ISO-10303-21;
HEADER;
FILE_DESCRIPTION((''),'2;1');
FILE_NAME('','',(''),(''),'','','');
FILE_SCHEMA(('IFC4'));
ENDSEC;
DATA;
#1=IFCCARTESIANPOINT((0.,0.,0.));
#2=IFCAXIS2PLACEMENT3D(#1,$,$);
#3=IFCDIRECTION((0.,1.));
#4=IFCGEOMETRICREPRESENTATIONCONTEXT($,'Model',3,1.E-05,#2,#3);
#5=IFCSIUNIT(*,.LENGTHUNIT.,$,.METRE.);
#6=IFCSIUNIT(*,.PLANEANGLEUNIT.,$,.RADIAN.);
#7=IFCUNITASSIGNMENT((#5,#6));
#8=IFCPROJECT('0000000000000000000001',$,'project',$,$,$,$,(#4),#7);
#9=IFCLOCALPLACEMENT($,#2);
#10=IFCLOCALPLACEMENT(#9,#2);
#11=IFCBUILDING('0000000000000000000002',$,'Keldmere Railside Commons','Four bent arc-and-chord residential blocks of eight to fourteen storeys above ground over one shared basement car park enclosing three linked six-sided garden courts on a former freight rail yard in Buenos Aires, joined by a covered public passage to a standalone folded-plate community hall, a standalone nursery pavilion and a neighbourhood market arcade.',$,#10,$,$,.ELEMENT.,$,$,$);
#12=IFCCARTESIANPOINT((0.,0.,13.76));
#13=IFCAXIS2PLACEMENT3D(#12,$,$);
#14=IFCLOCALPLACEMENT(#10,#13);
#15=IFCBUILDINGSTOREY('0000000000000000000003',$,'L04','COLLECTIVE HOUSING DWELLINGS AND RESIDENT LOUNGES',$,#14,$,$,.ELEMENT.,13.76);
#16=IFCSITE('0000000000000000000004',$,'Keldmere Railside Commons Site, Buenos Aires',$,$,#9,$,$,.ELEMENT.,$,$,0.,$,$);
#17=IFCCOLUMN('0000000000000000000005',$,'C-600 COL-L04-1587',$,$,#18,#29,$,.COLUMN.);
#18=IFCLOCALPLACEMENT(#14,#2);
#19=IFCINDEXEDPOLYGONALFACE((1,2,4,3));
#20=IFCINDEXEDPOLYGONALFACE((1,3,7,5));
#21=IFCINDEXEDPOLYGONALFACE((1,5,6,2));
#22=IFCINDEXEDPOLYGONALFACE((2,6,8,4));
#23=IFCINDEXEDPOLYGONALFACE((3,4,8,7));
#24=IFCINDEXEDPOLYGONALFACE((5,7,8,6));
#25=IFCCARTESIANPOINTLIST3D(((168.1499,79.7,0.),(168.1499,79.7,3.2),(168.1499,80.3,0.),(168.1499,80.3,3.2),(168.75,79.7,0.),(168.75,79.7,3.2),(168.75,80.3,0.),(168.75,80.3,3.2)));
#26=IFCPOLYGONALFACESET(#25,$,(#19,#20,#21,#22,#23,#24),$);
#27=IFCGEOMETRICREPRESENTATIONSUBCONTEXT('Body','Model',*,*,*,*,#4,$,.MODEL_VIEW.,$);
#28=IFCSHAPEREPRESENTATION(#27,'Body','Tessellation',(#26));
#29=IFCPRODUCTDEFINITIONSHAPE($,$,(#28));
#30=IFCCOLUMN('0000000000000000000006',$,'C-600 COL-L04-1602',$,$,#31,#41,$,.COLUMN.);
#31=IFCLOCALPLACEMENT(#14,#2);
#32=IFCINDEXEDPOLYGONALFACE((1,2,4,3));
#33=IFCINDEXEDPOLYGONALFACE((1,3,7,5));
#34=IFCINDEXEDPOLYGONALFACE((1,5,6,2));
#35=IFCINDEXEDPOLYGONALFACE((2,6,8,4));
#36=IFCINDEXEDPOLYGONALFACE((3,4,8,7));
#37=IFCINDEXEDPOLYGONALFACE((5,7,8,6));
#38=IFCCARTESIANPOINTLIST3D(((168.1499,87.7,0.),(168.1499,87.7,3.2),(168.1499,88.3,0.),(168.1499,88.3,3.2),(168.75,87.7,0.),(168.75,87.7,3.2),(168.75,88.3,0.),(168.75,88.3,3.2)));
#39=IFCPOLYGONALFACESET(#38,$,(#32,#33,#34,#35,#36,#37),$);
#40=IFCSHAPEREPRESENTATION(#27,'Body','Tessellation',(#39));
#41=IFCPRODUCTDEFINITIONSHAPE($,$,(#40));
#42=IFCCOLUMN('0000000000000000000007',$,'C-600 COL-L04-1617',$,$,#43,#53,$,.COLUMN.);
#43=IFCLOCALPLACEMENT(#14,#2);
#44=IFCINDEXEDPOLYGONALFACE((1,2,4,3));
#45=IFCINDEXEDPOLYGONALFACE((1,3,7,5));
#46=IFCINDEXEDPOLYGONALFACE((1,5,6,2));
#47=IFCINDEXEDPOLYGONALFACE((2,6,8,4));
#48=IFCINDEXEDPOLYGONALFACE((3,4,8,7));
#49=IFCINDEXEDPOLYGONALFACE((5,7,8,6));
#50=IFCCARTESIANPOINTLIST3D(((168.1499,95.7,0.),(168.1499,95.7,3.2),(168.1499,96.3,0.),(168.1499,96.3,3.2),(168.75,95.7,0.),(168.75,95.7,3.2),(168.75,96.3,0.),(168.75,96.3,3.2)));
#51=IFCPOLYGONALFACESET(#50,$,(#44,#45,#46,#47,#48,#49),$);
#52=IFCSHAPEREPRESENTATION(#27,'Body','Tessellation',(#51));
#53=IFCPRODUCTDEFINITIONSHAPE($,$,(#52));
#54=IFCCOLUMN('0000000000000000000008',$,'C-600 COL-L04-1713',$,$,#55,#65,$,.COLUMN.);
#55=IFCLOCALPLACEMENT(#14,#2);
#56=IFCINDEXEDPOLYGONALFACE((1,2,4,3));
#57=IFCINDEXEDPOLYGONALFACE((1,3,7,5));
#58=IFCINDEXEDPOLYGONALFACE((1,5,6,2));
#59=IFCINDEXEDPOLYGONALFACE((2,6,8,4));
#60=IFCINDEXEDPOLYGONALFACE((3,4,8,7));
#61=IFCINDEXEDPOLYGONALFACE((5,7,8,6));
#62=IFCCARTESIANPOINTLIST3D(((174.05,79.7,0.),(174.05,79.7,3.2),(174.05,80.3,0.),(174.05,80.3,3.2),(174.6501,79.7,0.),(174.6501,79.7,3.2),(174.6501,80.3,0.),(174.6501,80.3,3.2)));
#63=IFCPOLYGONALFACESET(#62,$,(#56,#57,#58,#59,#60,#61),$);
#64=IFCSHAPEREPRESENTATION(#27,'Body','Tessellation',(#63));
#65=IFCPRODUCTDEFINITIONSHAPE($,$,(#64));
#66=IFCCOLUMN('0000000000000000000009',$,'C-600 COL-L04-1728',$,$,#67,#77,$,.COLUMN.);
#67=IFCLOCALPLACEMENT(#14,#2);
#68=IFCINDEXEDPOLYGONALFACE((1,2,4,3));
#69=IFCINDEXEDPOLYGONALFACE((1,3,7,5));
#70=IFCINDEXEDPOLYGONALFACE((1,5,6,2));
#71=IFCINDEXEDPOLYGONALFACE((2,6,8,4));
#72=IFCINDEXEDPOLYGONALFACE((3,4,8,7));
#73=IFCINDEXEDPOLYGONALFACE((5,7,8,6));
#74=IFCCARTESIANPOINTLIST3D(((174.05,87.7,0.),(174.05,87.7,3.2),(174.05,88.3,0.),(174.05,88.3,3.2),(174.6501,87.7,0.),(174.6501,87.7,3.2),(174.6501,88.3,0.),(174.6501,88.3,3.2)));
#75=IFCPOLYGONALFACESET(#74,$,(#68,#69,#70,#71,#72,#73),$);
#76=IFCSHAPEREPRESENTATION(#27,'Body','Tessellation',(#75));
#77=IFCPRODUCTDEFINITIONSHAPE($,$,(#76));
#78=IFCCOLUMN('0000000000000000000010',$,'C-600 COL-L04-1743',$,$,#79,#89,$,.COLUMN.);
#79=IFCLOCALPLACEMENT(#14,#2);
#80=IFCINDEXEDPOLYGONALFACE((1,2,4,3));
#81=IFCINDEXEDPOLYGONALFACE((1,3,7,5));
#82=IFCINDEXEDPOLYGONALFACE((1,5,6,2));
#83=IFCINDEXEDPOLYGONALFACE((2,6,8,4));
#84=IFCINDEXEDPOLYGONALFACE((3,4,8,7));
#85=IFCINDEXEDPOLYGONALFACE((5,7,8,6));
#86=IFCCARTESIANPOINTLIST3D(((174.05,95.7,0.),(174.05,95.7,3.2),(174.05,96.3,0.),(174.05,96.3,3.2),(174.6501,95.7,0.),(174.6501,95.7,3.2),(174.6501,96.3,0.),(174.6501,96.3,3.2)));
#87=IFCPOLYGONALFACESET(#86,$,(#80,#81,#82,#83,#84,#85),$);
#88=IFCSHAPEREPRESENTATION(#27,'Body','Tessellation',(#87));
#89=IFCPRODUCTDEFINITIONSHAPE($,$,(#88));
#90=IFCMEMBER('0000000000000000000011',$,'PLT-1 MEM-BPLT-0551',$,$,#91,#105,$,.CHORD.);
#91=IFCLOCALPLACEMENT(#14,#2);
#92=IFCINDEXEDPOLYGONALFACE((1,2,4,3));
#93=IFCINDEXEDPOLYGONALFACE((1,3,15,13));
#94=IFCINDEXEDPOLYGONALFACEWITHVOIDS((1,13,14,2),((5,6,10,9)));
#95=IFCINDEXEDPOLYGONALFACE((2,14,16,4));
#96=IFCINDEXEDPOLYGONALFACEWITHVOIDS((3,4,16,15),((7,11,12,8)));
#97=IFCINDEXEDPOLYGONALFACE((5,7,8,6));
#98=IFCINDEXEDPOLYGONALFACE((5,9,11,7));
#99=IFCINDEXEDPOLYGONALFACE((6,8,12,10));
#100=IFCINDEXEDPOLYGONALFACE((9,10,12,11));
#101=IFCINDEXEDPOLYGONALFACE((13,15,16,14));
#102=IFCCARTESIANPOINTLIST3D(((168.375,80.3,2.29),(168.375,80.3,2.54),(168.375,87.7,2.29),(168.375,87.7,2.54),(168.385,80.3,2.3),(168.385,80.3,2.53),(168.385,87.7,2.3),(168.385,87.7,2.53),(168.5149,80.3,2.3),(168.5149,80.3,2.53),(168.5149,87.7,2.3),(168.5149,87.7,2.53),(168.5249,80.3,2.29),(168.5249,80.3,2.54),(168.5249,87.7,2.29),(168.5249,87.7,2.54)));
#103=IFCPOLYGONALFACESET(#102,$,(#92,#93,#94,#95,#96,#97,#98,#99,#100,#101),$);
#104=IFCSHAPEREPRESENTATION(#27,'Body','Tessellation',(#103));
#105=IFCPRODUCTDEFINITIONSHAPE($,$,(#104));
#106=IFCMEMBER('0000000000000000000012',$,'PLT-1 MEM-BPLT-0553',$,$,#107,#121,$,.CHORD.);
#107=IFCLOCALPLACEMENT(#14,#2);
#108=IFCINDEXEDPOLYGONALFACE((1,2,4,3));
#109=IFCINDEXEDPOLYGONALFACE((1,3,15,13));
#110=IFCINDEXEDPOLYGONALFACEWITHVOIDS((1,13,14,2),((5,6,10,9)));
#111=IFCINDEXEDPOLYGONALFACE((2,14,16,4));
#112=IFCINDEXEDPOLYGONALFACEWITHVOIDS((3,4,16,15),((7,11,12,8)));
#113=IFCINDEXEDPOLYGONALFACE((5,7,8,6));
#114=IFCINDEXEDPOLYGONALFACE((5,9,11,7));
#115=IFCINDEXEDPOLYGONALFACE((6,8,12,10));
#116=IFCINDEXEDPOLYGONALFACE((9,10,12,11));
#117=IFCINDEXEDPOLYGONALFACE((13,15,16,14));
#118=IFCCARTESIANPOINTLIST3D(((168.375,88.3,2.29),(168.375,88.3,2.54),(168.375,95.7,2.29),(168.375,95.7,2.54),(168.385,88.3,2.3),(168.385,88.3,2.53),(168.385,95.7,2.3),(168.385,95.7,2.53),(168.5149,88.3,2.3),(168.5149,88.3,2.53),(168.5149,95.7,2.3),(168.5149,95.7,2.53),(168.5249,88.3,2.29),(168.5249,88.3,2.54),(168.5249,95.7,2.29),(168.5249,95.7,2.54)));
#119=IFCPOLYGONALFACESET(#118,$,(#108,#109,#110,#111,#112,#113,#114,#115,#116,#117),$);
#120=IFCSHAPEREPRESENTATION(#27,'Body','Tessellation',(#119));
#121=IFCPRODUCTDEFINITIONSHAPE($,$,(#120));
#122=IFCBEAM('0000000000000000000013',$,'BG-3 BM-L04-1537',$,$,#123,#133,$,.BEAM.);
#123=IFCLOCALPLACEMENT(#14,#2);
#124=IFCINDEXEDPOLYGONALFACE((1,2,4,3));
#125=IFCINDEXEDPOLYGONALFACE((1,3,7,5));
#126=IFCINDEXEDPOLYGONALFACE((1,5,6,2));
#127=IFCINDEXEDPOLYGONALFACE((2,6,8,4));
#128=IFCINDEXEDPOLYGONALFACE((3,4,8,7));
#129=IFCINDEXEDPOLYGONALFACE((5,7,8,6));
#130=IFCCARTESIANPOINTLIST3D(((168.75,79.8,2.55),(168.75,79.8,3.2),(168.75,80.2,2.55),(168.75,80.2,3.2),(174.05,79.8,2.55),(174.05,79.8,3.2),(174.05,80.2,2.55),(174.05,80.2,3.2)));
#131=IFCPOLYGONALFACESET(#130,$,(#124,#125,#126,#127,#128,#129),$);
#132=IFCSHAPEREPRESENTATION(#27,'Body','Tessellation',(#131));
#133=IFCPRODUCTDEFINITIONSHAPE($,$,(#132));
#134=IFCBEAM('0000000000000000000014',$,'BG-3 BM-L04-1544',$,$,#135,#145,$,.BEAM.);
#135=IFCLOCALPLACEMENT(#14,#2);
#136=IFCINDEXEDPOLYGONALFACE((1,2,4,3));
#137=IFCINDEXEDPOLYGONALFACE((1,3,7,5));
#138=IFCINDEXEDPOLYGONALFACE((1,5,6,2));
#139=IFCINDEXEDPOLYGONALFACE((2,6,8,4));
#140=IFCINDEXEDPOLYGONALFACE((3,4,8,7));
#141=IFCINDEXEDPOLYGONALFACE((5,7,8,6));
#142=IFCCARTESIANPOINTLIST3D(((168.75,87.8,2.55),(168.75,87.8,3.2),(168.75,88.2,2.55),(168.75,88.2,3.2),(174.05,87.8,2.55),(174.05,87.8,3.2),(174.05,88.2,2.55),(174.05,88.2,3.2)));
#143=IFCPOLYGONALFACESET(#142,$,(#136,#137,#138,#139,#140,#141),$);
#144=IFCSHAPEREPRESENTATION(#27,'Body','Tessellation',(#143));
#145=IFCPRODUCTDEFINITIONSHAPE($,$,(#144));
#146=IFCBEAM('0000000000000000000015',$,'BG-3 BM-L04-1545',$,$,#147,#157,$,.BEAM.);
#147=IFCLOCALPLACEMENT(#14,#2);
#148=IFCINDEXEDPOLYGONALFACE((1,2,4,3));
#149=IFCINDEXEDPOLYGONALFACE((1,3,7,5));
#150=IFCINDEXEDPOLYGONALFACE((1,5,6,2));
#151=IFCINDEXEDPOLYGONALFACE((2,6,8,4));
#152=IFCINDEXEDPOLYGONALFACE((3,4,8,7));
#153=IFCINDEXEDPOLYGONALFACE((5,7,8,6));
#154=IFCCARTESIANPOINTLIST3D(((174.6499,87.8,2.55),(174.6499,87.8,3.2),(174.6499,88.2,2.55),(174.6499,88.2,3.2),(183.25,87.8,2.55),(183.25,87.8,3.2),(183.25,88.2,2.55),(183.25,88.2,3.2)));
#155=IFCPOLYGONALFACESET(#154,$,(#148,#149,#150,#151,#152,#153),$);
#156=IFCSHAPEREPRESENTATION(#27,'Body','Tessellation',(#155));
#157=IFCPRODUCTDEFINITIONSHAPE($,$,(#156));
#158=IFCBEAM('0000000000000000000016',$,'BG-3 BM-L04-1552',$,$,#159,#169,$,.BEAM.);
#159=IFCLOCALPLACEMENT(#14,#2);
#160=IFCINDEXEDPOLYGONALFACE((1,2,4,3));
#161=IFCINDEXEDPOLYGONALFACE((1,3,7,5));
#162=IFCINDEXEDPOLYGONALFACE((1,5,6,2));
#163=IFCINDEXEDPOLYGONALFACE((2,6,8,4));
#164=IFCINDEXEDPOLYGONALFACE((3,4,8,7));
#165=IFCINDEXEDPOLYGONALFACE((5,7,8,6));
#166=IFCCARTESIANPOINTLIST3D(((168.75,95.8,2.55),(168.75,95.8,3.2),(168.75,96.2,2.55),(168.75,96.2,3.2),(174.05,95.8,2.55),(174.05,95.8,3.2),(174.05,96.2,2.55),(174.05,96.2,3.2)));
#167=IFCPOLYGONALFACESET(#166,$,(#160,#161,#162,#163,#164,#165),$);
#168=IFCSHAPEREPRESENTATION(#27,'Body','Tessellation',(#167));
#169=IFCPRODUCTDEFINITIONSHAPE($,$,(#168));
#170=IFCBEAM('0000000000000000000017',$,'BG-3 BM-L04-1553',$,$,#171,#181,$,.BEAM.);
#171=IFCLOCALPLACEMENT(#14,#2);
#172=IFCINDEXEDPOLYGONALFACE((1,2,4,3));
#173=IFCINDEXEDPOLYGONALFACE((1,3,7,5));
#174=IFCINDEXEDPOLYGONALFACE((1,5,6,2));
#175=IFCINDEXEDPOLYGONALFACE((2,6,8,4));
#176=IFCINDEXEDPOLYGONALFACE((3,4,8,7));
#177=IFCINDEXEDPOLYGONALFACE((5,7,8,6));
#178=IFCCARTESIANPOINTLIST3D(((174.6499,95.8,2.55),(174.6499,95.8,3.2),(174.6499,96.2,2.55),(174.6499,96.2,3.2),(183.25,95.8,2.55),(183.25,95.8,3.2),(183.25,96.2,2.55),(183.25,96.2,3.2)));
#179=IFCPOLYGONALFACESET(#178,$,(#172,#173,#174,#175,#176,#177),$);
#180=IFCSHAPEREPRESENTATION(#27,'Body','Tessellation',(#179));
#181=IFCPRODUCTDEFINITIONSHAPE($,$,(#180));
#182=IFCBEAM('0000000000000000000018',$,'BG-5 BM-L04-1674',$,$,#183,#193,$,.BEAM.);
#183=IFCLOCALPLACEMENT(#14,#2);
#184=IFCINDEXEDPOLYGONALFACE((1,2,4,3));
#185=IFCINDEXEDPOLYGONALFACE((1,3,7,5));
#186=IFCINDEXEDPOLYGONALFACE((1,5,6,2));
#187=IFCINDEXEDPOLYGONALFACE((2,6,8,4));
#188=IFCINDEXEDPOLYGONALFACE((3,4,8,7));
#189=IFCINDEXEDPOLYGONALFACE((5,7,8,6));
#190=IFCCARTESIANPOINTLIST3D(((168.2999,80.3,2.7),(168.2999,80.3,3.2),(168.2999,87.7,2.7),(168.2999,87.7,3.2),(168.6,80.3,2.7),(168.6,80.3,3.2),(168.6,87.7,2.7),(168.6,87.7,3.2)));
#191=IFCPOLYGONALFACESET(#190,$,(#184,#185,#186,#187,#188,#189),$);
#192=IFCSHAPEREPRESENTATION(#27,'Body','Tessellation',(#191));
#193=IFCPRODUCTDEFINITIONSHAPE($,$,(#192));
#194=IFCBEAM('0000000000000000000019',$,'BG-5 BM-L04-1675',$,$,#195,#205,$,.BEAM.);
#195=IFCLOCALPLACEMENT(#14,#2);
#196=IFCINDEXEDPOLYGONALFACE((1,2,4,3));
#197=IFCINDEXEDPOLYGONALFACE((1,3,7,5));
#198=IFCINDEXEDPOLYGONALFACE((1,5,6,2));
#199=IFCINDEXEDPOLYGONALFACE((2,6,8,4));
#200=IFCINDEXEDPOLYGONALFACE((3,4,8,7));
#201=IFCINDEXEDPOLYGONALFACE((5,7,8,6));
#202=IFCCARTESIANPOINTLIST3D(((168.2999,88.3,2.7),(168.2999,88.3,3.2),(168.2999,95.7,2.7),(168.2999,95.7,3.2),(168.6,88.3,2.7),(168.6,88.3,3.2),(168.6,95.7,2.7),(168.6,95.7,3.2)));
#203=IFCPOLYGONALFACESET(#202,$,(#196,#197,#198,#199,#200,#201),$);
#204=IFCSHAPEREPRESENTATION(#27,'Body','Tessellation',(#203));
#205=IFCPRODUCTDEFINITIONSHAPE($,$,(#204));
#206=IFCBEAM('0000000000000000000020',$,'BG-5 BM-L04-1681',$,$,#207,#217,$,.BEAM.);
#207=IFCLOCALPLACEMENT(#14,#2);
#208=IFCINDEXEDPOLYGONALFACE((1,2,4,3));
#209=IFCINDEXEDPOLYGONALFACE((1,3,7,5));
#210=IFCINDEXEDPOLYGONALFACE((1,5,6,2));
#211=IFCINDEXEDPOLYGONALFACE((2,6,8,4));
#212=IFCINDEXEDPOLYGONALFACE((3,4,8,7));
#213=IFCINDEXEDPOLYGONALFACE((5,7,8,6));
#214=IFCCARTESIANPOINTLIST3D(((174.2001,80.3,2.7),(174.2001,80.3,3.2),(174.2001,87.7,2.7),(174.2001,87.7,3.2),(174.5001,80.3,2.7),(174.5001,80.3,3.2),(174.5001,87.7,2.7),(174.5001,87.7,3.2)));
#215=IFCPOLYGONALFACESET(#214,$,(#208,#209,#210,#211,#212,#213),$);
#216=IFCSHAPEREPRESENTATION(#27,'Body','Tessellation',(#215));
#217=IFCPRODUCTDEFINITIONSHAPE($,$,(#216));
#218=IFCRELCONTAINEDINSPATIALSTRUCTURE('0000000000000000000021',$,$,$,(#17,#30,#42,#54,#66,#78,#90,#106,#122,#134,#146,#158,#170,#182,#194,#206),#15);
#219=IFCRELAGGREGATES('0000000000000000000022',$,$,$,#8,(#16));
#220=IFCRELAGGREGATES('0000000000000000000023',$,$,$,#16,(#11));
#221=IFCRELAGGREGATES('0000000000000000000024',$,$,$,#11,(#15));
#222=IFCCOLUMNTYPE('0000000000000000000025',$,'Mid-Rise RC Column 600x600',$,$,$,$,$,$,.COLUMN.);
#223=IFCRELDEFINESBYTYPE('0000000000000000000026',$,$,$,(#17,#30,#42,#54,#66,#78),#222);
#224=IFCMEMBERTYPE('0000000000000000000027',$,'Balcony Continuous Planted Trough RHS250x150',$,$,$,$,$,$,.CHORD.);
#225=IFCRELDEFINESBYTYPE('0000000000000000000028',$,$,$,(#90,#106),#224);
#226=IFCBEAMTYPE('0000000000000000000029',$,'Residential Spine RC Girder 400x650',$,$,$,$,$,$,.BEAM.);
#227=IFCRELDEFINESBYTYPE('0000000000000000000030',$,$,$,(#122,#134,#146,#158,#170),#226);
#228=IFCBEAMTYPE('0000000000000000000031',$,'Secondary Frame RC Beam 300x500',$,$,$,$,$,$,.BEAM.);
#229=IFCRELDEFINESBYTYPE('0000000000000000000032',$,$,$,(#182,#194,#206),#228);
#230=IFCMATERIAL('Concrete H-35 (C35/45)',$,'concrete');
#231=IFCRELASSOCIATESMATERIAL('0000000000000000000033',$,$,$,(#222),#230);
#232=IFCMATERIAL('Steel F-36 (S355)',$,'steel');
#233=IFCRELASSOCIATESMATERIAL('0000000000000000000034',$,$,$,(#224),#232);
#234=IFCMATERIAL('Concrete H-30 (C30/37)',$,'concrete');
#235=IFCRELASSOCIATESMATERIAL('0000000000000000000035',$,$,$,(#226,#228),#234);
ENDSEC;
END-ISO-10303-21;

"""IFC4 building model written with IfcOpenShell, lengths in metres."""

from ifc_helpers import new_model, si_unit, direction, frame, origin, origin_2d, place, context, subcontext, project, spatial, rectangle, hollow_rectangle, extrude, material, material_profile, profile_set, type_object, element, save


model = new_model("IFC4")

# Units and contexts
model_context = context("Model", 3, precision=1e-05, world=origin(), true_north=direction((0.0, 1.0)))
body_context = subcontext(model_context, "Body", "Model", "MODEL_VIEW")
ifc_project = project(units=[si_unit("LENGTHUNIT", "METRE"), si_unit("PLANEANGLEUNIT", "RADIAN")], contexts=[model_context])

# Site, building, storey
site_placement = place(None, origin())
site = spatial("IfcSite", under=ifc_project, at=site_placement, Name="Keldmere Railside Commons Site, Buenos Aires", CompositionType="ELEMENT", RefElevation=0.0)
building_placement = place(site_placement, origin())
building = spatial("IfcBuilding", under=site, at=building_placement, Name="Keldmere Railside Commons", Description="Four bent arc-and-chord residential blocks of eight to fourteen storeys above ground over one shared basement car park enclosing three linked six-sided garden courts on a former freight rail yard in Buenos Aires, joined by a covered public passage to a standalone folded-plate community hall, a standalone nursery pavilion and a neighbourhood market arcade.", CompositionType="ELEMENT")
storey_placement = place(building_placement, frame((0.0, 0.0, 13.76)))
storey = spatial("IfcBuildingStorey", under=building, at=storey_placement, Name="L04", Description="COLLECTIVE HOUSING DWELLINGS AND RESIDENT LOUNGES", CompositionType="ELEMENT", Elevation=13.76)

# Columns
ifc_material_1 = material(Name="Concrete H-35 (C35/45)", Category="concrete")
ifc_material_profile_1 = material_profile(ifc_material_1, rectangle(XDim=0.6001, YDim=0.6001, at=origin_2d()), Name="RC-600x600")
ifc_profile_set_1 = profile_set([ifc_material_profile_1], Name="Concrete H-35 (C35/45)")
column_type = type_object("IfcColumnType", Name="Mid-Rise RC Column 600x600", PredefinedType="COLUMN", material=ifc_profile_set_1)
for number, where, z_axis, x_axis, name in (
    (1, (168.45, 80.0, 0.0), (0.0, 0.0, 1.0), (1.0, 0.0, 0.0), "C-600 COL-L04-1587"),
    (2, (168.45, 88.0, 0.0), (0.0, 0.0, 1.0), (1.0, 0.0, 0.0), "C-600 COL-L04-1602"),
    (3, (168.45, 96.0, 0.0), (0.0, 0.0, 1.0), (1.0, 0.0, 0.0), "C-600 COL-L04-1617"),
    (4, (174.3501, 80.0, 0.0), (0.0, 0.0, 1.0), (1.0, 0.0, 0.0), "C-600 COL-L04-1713"),
    (5, (174.3501, 88.0, 0.0), (0.0, 0.0, 1.0), (1.0, 0.0, 0.0), "C-600 COL-L04-1728"),
    (6, (174.3501, 96.0, 0.0), (0.0, 0.0, 1.0), (1.0, 0.0, 0.0), "C-600 COL-L04-1743"),
):
    element("IfcColumn", number, at=place(storey_placement, frame(where, z_axis=z_axis, x_axis=x_axis)), inside=storey, type_object=column_type, Name=name, PredefinedType="COLUMN", context=body_context, shape_type="SweptSolid", body=[
        extrude(rectangle(XDim=0.6001, YDim=0.6001, at=origin_2d()), origin(), (0.0, 0.0, 1.0), 3.2),
    ])

# Members
ifc_material_2 = material(Name="Steel F-36 (S355)", Category="steel")
ifc_material_profile_2 = material_profile(ifc_material_2, hollow_rectangle(XDim=0.1499, YDim=0.25, WallThickness=0.01, at=origin_2d()), Name="RHS-250x150x10")
ifc_profile_set_2 = profile_set([ifc_material_profile_2], Name="Steel F-36 (S355)")
member_type_1 = type_object("IfcMemberType", Name="Balcony Continuous Planted Trough RHS250x150", PredefinedType="CHORD", material=ifc_profile_set_2)
for number, where, z_axis, x_axis, name in (
    (7, (168.45, 80.3, 2.415), (0.0, 1.0, 0.0), (-1.0, 0.0, 0.0), "PLT-1 MEM-BPLT-0551"),
    (8, (168.45, 88.3, 2.415), (0.0, 1.0, 0.0), (-1.0, 0.0, 0.0), "PLT-1 MEM-BPLT-0553"),
):
    element("IfcMember", number, at=place(storey_placement, frame(where, z_axis=z_axis, x_axis=x_axis)), inside=storey, type_object=member_type_1, Name=name, PredefinedType="CHORD", context=body_context, shape_type="SweptSolid", body=[
        extrude(hollow_rectangle(XDim=0.1499, YDim=0.25, WallThickness=0.01, at=origin_2d()), origin(), (0.0, 0.0, 1.0), 7.3999),
    ])

# Beams
ifc_material_3 = material(Name="Concrete H-30 (C30/37)", Category="concrete")
ifc_material_profile_3 = material_profile(ifc_material_3, rectangle(XDim=0.3999, YDim=0.6499, at=origin_2d()), Name="RC-400x650")
ifc_profile_set_3 = profile_set([ifc_material_profile_3], Name="Concrete H-30 (C30/37)")
beam_type_1 = type_object("IfcBeamType", Name="Residential Spine RC Girder 400x650", PredefinedType="BEAM", material=ifc_profile_set_3)
for number, where, z_axis, x_axis, name in (
    (9, (168.75, 80.0, 2.875), (1.0, 0.0, 0.0), (0.0, 1.0, 0.0), "BG-3 BM-L04-1537"),
    (10, (168.75, 88.0, 2.875), (1.0, 0.0, 0.0), (0.0, 1.0, 0.0), "BG-3 BM-L04-1544"),
):
    element("IfcBeam", number, at=place(storey_placement, frame(where, z_axis=z_axis, x_axis=x_axis)), inside=storey, type_object=beam_type_1, Name=name, PredefinedType="BEAM", context=body_context, shape_type="SweptSolid", body=[
        extrude(rectangle(XDim=0.3999, YDim=0.6499, at=origin_2d()), origin(), (0.0, 0.0, 1.0), 5.3),
    ])
beam_1_placement = place(storey_placement, frame((174.6499, 88.0, 2.875), z_axis=(1.0, 0.0, 0.0), x_axis=(0.0, 1.0, 0.0)))
element("IfcBeam", 11, at=beam_1_placement, inside=storey, type_object=beam_type_1, Name="BG-3 BM-L04-1545", PredefinedType="BEAM", context=body_context, shape_type="SweptSolid", body=[
    extrude(rectangle(XDim=0.3999, YDim=0.6499, at=origin_2d()), origin(), (0.0, 0.0, 1.0), 8.6001),
])
beam_2_placement = place(storey_placement, frame((168.75, 96.0, 2.875), z_axis=(1.0, 0.0, 0.0), x_axis=(0.0, 1.0, 0.0)))
element("IfcBeam", 12, at=beam_2_placement, inside=storey, type_object=beam_type_1, Name="BG-3 BM-L04-1552", PredefinedType="BEAM", context=body_context, shape_type="SweptSolid", body=[
    extrude(rectangle(XDim=0.3999, YDim=0.6499, at=origin_2d()), origin(), (0.0, 0.0, 1.0), 5.3),
])
beam_3_placement = place(storey_placement, frame((174.6499, 96.0, 2.875), z_axis=(1.0, 0.0, 0.0), x_axis=(0.0, 1.0, 0.0)))
element("IfcBeam", 13, at=beam_3_placement, inside=storey, type_object=beam_type_1, Name="BG-3 BM-L04-1553", PredefinedType="BEAM", context=body_context, shape_type="SweptSolid", body=[
    extrude(rectangle(XDim=0.3999, YDim=0.6499, at=origin_2d()), origin(), (0.0, 0.0, 1.0), 8.6001),
])
ifc_material_profile_4 = material_profile(ifc_material_3, rectangle(XDim=0.3, YDim=0.5, at=origin_2d()), Name="RC-300x500")
ifc_profile_set_4 = profile_set([ifc_material_profile_4], Name="Concrete H-30 (C30/37)")
beam_type_2 = type_object("IfcBeamType", Name="Secondary Frame RC Beam 300x500", PredefinedType="BEAM", material=ifc_profile_set_4)
for number, where, z_axis, x_axis, name in (
    (14, (168.45, 80.3, 2.95), (0.0, 1.0, 0.0), (-1.0, 0.0, 0.0), "BG-5 BM-L04-1674"),
    (15, (168.45, 88.3, 2.95), (0.0, 1.0, 0.0), (-1.0, 0.0, 0.0), "BG-5 BM-L04-1675"),
    (16, (174.3501, 80.3, 2.95), (0.0, 1.0, 0.0), (-1.0, 0.0, 0.0), "BG-5 BM-L04-1681"),
):
    element("IfcBeam", number, at=place(storey_placement, frame(where, z_axis=z_axis, x_axis=x_axis)), inside=storey, type_object=beam_type_2, Name=name, PredefinedType="BEAM", context=body_context, shape_type="SweptSolid", body=[
        extrude(rectangle(XDim=0.3, YDim=0.5, at=origin_2d()), origin(), (0.0, 0.0, 1.0), 7.3999),
    ])

save(model, "model.ifc")
